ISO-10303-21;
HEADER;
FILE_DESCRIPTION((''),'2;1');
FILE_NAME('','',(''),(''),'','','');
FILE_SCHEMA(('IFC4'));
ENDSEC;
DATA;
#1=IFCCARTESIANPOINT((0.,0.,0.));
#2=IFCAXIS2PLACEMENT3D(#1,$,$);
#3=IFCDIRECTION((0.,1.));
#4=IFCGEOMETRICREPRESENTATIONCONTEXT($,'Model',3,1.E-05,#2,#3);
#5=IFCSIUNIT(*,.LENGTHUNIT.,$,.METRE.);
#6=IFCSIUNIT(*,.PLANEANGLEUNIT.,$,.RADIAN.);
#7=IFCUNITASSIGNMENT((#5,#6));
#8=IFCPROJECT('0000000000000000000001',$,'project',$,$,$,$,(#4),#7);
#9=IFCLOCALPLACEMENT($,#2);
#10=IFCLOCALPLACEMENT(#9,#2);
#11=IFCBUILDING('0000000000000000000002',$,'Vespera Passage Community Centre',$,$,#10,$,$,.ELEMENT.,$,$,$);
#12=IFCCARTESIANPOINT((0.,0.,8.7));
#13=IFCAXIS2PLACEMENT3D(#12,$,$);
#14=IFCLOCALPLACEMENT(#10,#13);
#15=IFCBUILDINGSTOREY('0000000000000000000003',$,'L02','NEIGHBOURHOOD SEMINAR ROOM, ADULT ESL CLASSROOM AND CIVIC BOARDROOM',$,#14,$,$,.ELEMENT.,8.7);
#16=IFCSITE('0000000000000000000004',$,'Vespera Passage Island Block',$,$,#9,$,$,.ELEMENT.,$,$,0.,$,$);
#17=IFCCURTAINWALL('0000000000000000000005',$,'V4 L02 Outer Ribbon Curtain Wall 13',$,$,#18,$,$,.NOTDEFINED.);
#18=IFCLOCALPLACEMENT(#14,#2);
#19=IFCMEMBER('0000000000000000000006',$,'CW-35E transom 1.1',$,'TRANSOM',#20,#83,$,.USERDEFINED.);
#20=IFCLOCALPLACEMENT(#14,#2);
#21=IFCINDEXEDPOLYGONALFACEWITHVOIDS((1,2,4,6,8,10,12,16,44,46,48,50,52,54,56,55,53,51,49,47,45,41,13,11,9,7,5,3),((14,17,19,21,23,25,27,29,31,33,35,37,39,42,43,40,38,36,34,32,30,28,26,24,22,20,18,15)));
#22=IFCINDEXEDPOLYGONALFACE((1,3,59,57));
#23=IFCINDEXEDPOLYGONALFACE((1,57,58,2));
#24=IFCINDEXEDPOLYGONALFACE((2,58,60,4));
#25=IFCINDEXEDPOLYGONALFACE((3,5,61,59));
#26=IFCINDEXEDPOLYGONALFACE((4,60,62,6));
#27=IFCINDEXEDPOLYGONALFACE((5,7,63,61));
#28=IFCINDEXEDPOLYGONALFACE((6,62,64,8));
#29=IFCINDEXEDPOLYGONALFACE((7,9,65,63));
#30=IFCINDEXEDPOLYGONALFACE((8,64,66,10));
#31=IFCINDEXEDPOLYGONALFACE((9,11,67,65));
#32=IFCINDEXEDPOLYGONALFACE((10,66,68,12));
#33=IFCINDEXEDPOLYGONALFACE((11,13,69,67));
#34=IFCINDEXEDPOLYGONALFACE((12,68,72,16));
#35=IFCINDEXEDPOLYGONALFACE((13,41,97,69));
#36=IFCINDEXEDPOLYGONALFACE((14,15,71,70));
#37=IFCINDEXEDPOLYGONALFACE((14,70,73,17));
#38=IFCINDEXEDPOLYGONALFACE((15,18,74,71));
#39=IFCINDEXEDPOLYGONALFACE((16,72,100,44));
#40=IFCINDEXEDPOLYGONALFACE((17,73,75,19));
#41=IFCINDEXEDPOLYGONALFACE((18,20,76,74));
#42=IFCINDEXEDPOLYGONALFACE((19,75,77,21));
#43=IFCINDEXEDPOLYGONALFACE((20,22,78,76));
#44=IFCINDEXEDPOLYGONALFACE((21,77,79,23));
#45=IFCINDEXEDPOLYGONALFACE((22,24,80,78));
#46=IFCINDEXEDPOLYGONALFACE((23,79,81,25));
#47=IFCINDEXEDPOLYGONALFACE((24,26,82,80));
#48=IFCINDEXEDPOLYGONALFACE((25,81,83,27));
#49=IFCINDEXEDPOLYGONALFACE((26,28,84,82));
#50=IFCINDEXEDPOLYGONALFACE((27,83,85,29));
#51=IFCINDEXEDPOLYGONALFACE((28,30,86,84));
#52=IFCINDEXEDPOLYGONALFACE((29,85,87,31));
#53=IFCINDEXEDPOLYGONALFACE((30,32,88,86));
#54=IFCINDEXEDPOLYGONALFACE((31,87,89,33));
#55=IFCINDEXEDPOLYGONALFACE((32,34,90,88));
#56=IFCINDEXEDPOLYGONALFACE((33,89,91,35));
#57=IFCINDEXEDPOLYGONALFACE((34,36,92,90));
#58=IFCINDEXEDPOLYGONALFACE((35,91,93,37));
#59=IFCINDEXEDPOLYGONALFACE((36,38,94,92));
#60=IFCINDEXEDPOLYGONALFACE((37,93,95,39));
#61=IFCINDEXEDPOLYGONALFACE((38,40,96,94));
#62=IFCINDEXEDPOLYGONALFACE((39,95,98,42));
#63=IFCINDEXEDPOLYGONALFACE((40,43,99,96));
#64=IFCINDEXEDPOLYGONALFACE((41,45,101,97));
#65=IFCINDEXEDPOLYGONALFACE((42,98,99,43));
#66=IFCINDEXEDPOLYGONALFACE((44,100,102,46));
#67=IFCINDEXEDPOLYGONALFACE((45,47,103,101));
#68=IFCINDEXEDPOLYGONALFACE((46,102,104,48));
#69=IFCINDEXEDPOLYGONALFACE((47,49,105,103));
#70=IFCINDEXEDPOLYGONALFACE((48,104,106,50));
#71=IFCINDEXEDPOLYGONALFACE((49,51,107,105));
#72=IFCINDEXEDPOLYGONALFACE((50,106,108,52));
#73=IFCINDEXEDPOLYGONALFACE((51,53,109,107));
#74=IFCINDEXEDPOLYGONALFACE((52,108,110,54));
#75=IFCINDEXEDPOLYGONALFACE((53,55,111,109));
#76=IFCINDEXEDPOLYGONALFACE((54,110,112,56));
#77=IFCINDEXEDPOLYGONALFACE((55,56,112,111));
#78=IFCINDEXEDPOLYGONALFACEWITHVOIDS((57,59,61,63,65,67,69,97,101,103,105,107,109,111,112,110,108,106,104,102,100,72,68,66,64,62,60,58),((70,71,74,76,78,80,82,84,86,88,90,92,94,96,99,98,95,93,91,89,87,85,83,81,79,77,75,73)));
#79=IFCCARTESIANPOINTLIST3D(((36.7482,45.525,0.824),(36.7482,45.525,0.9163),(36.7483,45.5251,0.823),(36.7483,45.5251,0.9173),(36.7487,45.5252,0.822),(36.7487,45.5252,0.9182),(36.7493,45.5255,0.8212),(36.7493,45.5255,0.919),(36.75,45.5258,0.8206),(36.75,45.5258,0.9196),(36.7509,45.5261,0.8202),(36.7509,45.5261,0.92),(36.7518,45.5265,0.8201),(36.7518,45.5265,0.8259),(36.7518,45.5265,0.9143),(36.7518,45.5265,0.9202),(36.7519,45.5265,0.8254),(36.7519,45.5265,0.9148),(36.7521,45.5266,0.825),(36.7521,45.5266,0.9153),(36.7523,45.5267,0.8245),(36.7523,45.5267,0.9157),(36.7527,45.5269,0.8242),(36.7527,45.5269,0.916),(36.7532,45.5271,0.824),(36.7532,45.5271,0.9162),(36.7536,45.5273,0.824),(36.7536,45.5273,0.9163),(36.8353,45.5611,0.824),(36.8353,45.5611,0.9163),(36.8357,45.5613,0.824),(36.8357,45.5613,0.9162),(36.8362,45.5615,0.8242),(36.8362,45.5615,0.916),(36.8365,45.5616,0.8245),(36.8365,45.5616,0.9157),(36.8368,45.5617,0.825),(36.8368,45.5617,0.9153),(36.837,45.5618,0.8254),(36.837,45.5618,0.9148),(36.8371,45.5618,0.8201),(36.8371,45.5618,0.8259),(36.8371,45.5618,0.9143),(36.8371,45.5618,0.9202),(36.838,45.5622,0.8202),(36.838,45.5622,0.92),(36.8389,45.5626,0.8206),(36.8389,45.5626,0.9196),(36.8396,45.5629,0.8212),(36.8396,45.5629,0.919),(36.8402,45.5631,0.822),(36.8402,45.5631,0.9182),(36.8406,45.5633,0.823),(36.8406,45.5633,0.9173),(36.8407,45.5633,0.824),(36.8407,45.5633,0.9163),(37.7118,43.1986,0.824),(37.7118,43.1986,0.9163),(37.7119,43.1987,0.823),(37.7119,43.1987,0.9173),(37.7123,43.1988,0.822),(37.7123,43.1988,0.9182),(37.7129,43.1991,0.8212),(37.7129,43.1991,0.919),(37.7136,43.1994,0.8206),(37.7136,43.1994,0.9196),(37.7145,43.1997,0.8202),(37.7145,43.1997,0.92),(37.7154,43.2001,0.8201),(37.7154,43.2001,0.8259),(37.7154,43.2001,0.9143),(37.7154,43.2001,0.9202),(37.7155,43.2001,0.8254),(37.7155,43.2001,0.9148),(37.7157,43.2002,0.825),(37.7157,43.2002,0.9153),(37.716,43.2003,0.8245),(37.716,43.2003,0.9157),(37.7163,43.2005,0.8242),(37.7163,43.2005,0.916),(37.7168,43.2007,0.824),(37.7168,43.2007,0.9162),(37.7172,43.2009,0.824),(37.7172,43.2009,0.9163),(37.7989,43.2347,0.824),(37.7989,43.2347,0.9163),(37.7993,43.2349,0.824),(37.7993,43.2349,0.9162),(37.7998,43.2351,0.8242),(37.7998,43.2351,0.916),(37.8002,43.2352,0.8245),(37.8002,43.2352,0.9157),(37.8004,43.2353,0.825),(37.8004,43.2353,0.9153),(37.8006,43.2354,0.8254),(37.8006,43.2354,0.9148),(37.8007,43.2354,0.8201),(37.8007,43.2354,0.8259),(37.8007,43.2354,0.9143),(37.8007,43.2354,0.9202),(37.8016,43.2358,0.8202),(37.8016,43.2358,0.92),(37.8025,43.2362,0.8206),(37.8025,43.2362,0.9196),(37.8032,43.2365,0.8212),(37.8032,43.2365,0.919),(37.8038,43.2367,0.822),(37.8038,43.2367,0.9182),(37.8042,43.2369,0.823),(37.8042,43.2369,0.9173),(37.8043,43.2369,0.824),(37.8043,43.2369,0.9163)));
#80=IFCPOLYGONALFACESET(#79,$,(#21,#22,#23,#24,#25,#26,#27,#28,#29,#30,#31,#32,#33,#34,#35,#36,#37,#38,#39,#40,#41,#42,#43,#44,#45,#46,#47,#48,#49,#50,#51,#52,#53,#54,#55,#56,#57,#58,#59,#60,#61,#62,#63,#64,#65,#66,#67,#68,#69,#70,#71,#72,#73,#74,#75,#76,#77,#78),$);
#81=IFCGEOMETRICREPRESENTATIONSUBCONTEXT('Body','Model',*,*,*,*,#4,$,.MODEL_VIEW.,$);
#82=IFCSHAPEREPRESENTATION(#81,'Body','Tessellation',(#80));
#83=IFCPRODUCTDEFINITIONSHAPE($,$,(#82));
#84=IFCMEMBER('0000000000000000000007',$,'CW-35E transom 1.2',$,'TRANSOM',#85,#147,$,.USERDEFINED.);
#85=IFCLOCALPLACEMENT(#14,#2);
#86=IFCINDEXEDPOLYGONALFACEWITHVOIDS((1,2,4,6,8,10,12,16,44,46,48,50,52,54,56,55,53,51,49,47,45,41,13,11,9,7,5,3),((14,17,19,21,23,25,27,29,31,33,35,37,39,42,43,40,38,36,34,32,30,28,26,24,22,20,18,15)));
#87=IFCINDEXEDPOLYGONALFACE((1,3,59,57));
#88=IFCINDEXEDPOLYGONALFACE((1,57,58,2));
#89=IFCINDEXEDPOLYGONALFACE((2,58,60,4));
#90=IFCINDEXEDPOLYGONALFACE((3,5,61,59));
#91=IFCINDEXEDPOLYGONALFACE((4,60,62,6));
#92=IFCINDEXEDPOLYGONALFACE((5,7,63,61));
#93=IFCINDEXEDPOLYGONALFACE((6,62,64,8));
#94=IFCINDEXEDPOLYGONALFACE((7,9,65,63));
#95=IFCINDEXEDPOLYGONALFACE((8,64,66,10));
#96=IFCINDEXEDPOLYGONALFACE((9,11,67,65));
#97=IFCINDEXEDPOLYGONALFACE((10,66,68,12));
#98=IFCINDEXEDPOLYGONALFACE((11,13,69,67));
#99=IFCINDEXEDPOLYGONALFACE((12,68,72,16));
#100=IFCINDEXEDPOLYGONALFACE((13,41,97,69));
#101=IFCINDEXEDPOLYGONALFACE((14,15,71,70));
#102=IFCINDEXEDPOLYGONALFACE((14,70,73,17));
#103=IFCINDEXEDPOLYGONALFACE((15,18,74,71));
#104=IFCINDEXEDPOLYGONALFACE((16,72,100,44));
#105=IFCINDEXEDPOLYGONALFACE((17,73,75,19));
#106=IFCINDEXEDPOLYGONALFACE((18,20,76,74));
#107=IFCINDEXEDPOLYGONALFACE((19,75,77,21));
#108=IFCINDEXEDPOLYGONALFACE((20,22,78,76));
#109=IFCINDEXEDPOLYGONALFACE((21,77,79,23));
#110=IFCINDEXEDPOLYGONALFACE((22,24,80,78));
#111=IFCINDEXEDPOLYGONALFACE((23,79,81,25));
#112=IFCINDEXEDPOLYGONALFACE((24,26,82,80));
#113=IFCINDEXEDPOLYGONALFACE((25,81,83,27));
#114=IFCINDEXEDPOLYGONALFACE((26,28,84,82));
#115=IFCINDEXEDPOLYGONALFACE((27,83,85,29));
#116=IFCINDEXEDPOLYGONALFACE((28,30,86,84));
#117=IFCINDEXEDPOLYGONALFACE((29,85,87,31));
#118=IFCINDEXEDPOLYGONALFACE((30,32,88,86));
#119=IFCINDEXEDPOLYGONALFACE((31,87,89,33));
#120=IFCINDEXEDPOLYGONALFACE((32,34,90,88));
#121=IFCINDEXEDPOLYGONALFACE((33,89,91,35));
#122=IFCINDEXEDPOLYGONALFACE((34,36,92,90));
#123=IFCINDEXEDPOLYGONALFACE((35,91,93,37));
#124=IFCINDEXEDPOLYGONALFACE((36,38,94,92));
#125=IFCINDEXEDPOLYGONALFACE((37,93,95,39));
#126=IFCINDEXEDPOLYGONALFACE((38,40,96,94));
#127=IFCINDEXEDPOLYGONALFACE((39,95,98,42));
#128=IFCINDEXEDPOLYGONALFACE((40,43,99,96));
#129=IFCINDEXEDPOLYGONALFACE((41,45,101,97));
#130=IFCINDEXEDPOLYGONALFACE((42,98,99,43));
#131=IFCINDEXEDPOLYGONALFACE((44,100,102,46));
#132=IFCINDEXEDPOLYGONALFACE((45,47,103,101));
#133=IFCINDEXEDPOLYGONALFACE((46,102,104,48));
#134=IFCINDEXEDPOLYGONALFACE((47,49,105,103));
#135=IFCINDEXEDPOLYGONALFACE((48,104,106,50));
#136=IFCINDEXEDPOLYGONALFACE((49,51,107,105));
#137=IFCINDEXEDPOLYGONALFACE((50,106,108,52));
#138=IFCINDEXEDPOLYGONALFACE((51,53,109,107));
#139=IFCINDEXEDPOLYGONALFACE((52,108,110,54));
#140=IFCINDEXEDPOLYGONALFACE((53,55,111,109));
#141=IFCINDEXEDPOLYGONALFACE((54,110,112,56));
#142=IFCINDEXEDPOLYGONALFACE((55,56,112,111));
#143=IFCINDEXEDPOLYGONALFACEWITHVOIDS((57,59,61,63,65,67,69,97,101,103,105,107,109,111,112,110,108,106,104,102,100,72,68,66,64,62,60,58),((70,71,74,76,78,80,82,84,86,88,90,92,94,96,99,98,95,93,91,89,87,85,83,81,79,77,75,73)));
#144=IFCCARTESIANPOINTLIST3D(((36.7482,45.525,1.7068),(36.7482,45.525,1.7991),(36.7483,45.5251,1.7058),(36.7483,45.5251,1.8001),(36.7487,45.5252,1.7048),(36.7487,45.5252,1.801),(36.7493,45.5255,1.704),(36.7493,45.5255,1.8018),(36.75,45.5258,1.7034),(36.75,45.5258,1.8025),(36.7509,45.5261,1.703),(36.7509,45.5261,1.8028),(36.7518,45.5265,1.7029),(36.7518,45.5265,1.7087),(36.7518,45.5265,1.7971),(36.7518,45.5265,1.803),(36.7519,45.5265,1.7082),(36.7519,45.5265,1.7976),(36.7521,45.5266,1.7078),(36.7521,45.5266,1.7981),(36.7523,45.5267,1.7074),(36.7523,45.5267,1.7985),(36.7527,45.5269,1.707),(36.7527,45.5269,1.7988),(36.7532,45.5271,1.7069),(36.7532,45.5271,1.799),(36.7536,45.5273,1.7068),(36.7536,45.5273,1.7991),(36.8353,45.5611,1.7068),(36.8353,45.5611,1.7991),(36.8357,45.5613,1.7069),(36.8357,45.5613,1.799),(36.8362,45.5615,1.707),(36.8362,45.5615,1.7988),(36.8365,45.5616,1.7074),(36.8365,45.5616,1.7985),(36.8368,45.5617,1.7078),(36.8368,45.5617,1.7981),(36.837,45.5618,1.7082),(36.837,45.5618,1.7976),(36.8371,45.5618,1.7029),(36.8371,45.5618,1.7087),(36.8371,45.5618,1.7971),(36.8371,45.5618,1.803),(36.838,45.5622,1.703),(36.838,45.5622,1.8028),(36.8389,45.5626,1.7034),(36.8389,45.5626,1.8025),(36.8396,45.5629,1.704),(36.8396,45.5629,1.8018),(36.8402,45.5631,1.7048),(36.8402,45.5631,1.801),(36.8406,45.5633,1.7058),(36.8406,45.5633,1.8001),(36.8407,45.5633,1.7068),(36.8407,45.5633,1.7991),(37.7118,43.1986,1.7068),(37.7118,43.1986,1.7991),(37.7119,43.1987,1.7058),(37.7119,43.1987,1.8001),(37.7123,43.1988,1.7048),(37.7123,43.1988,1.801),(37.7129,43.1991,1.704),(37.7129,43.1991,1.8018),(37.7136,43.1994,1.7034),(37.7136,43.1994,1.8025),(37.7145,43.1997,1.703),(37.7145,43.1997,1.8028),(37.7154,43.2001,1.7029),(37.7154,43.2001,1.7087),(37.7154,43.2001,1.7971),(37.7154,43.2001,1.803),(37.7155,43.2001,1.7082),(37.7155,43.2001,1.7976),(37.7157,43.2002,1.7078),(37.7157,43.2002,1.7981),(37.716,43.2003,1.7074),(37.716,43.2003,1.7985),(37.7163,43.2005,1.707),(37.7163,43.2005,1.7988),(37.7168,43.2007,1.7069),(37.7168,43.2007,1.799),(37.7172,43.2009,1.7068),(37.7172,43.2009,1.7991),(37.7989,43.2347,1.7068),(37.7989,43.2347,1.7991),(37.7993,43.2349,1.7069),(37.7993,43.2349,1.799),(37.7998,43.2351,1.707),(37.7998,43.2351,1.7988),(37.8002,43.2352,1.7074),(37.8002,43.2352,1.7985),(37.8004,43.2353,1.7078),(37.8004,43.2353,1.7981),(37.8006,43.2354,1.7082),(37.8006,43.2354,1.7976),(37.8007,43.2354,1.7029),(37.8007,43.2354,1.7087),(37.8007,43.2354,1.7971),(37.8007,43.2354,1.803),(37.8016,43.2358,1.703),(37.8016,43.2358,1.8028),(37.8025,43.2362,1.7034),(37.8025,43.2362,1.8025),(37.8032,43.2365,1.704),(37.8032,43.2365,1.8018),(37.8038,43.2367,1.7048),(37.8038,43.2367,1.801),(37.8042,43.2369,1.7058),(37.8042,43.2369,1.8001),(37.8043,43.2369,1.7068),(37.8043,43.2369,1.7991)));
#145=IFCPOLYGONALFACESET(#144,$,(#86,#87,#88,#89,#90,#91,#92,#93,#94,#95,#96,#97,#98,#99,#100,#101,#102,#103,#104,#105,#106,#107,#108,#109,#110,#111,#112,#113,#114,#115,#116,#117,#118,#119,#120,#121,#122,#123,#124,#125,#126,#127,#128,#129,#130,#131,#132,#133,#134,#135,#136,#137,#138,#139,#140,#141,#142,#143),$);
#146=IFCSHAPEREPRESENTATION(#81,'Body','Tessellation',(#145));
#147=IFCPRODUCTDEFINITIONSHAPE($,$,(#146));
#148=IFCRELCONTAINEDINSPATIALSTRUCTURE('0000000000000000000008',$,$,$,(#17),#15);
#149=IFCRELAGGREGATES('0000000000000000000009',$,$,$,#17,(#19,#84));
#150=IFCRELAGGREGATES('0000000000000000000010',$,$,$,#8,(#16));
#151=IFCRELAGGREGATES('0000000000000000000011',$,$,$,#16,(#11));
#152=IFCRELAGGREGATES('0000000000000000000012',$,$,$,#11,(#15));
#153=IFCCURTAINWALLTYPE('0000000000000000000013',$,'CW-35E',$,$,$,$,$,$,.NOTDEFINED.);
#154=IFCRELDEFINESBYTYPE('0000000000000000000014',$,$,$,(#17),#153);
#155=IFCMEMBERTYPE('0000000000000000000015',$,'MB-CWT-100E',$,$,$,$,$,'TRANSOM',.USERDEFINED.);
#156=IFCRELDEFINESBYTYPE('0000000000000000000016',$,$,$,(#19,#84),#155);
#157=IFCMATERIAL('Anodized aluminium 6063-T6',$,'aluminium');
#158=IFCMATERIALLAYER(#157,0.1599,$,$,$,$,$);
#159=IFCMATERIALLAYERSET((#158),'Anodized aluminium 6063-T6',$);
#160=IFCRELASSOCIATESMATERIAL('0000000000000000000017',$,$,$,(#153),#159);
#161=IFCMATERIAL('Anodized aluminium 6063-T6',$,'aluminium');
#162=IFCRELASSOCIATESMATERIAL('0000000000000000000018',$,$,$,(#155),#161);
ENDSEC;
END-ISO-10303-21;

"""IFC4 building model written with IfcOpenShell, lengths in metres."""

from ifc_helpers import new_model, si_unit, direction, frame, origin, origin_2d, place, context, subcontext, project, spatial, hollow_rectangle, extrude, material, layer, layer_set, material_profile, profile_set, type_object, element, aggregate, save


model = new_model("IFC4")

# Units and contexts
model_context = context("Model", 3, precision=1e-05, world=origin(), true_north=direction((0.0, 1.0)))
body_context = subcontext(model_context, "Body", "Model", "MODEL_VIEW")
ifc_project = project(units=[si_unit("LENGTHUNIT", "METRE"), si_unit("PLANEANGLEUNIT", "RADIAN")], contexts=[model_context])

# Site, building, storey
site_placement = place(None, origin())
site = spatial("IfcSite", under=ifc_project, at=site_placement, Name="Vespera Passage Island Block", CompositionType="ELEMENT", RefElevation=0.0)
building_placement = place(site_placement, origin())
building = spatial("IfcBuilding", under=site, at=building_placement, Name="Vespera Passage Community Centre", CompositionType="ELEMENT")
storey_placement = place(building_placement, frame((0.0, 0.0, 8.7)))
storey = spatial("IfcBuildingStorey", under=building, at=storey_placement, Name="L02", Description="NEIGHBOURHOOD SEMINAR ROOM, ADULT ESL CLASSROOM AND CIVIC BOARDROOM", CompositionType="ELEMENT", Elevation=8.7)

# Curtain wall
ifc_material_1 = material(Name="Anodized aluminium 6063-T6", Category="aluminium")
ifc_layer_1 = layer(ifc_material_1, 0.1599)
ifc_layer_set_1 = layer_set([ifc_layer_1], Name="Anodized aluminium 6063-T6")
curtain_wall_type_1 = type_object("IfcCurtainWallType", Name="CW-35E", PredefinedType="NOTDEFINED", material=ifc_layer_set_1)
curtain_wall_1_placement = place(storey_placement, origin())
curtain_wall_1 = element("IfcCurtainWall", 1, at=curtain_wall_1_placement, inside=storey, type_object=curtain_wall_type_1, Name="V4 L02 Outer Ribbon Curtain Wall 13", PredefinedType="NOTDEFINED")

# Members
ifc_material_2 = material(Name="Anodized aluminium 6063-T6", Category="aluminium")
ifc_material_profile_1 = material_profile(ifc_material_2, hollow_rectangle(XDim=0.1001, YDim=0.1001, WallThickness=0.0039, InnerFilletRadius=0.002, OuterFilletRadius=0.0039, at=origin_2d()), Name="ALU100X100X4")
ifc_profile_set_1 = profile_set([ifc_material_profile_1], Name="Anodized aluminium 6063-T6")
member_type_1 = type_object("IfcMemberType", Name="MB-CWT-100E", ElementType="TRANSOM", PredefinedType="USERDEFINED", material=ifc_profile_set_1)
member_1_placement = place(storey_placement, frame((37.7581, 43.2178, 0.8701), z_axis=(-0.38268, 0.923881, 0.0), x_axis=(-0.923881, -0.38268, 0.0)))
member_1 = element("IfcMember", 2, at=member_1_placement, type_object=member_type_1, Name="CW-35E transom 1.1", ObjectType="TRANSOM", PredefinedType="USERDEFINED", context=body_context, shape_type="SweptSolid", body=[
    extrude(hollow_rectangle(XDim=0.1001, YDim=0.1001, WallThickness=0.0039, InnerFilletRadius=0.002, OuterFilletRadius=0.0039, at=origin_2d()), origin(), (0.0, 0.0, 1.0), 2.5181),
])
member_2_placement = place(storey_placement, frame((37.7581, 43.2178, 1.7529), z_axis=(-0.38268, 0.923881, 0.0), x_axis=(-0.923881, -0.38268, 0.0)))
member_2 = element("IfcMember", 3, at=member_2_placement, type_object=member_type_1, Name="CW-35E transom 1.2", ObjectType="TRANSOM", PredefinedType="USERDEFINED", context=body_context, shape_type="SweptSolid", body=[
    extrude(hollow_rectangle(XDim=0.1001, YDim=0.1001, WallThickness=0.0039, InnerFilletRadius=0.002, OuterFilletRadius=0.0039, at=origin_2d()), origin(), (0.0, 0.0, 1.0), 2.5181),
])

aggregate(curtain_wall_1, [member_1, member_2])

save(model, "model.ifc")
